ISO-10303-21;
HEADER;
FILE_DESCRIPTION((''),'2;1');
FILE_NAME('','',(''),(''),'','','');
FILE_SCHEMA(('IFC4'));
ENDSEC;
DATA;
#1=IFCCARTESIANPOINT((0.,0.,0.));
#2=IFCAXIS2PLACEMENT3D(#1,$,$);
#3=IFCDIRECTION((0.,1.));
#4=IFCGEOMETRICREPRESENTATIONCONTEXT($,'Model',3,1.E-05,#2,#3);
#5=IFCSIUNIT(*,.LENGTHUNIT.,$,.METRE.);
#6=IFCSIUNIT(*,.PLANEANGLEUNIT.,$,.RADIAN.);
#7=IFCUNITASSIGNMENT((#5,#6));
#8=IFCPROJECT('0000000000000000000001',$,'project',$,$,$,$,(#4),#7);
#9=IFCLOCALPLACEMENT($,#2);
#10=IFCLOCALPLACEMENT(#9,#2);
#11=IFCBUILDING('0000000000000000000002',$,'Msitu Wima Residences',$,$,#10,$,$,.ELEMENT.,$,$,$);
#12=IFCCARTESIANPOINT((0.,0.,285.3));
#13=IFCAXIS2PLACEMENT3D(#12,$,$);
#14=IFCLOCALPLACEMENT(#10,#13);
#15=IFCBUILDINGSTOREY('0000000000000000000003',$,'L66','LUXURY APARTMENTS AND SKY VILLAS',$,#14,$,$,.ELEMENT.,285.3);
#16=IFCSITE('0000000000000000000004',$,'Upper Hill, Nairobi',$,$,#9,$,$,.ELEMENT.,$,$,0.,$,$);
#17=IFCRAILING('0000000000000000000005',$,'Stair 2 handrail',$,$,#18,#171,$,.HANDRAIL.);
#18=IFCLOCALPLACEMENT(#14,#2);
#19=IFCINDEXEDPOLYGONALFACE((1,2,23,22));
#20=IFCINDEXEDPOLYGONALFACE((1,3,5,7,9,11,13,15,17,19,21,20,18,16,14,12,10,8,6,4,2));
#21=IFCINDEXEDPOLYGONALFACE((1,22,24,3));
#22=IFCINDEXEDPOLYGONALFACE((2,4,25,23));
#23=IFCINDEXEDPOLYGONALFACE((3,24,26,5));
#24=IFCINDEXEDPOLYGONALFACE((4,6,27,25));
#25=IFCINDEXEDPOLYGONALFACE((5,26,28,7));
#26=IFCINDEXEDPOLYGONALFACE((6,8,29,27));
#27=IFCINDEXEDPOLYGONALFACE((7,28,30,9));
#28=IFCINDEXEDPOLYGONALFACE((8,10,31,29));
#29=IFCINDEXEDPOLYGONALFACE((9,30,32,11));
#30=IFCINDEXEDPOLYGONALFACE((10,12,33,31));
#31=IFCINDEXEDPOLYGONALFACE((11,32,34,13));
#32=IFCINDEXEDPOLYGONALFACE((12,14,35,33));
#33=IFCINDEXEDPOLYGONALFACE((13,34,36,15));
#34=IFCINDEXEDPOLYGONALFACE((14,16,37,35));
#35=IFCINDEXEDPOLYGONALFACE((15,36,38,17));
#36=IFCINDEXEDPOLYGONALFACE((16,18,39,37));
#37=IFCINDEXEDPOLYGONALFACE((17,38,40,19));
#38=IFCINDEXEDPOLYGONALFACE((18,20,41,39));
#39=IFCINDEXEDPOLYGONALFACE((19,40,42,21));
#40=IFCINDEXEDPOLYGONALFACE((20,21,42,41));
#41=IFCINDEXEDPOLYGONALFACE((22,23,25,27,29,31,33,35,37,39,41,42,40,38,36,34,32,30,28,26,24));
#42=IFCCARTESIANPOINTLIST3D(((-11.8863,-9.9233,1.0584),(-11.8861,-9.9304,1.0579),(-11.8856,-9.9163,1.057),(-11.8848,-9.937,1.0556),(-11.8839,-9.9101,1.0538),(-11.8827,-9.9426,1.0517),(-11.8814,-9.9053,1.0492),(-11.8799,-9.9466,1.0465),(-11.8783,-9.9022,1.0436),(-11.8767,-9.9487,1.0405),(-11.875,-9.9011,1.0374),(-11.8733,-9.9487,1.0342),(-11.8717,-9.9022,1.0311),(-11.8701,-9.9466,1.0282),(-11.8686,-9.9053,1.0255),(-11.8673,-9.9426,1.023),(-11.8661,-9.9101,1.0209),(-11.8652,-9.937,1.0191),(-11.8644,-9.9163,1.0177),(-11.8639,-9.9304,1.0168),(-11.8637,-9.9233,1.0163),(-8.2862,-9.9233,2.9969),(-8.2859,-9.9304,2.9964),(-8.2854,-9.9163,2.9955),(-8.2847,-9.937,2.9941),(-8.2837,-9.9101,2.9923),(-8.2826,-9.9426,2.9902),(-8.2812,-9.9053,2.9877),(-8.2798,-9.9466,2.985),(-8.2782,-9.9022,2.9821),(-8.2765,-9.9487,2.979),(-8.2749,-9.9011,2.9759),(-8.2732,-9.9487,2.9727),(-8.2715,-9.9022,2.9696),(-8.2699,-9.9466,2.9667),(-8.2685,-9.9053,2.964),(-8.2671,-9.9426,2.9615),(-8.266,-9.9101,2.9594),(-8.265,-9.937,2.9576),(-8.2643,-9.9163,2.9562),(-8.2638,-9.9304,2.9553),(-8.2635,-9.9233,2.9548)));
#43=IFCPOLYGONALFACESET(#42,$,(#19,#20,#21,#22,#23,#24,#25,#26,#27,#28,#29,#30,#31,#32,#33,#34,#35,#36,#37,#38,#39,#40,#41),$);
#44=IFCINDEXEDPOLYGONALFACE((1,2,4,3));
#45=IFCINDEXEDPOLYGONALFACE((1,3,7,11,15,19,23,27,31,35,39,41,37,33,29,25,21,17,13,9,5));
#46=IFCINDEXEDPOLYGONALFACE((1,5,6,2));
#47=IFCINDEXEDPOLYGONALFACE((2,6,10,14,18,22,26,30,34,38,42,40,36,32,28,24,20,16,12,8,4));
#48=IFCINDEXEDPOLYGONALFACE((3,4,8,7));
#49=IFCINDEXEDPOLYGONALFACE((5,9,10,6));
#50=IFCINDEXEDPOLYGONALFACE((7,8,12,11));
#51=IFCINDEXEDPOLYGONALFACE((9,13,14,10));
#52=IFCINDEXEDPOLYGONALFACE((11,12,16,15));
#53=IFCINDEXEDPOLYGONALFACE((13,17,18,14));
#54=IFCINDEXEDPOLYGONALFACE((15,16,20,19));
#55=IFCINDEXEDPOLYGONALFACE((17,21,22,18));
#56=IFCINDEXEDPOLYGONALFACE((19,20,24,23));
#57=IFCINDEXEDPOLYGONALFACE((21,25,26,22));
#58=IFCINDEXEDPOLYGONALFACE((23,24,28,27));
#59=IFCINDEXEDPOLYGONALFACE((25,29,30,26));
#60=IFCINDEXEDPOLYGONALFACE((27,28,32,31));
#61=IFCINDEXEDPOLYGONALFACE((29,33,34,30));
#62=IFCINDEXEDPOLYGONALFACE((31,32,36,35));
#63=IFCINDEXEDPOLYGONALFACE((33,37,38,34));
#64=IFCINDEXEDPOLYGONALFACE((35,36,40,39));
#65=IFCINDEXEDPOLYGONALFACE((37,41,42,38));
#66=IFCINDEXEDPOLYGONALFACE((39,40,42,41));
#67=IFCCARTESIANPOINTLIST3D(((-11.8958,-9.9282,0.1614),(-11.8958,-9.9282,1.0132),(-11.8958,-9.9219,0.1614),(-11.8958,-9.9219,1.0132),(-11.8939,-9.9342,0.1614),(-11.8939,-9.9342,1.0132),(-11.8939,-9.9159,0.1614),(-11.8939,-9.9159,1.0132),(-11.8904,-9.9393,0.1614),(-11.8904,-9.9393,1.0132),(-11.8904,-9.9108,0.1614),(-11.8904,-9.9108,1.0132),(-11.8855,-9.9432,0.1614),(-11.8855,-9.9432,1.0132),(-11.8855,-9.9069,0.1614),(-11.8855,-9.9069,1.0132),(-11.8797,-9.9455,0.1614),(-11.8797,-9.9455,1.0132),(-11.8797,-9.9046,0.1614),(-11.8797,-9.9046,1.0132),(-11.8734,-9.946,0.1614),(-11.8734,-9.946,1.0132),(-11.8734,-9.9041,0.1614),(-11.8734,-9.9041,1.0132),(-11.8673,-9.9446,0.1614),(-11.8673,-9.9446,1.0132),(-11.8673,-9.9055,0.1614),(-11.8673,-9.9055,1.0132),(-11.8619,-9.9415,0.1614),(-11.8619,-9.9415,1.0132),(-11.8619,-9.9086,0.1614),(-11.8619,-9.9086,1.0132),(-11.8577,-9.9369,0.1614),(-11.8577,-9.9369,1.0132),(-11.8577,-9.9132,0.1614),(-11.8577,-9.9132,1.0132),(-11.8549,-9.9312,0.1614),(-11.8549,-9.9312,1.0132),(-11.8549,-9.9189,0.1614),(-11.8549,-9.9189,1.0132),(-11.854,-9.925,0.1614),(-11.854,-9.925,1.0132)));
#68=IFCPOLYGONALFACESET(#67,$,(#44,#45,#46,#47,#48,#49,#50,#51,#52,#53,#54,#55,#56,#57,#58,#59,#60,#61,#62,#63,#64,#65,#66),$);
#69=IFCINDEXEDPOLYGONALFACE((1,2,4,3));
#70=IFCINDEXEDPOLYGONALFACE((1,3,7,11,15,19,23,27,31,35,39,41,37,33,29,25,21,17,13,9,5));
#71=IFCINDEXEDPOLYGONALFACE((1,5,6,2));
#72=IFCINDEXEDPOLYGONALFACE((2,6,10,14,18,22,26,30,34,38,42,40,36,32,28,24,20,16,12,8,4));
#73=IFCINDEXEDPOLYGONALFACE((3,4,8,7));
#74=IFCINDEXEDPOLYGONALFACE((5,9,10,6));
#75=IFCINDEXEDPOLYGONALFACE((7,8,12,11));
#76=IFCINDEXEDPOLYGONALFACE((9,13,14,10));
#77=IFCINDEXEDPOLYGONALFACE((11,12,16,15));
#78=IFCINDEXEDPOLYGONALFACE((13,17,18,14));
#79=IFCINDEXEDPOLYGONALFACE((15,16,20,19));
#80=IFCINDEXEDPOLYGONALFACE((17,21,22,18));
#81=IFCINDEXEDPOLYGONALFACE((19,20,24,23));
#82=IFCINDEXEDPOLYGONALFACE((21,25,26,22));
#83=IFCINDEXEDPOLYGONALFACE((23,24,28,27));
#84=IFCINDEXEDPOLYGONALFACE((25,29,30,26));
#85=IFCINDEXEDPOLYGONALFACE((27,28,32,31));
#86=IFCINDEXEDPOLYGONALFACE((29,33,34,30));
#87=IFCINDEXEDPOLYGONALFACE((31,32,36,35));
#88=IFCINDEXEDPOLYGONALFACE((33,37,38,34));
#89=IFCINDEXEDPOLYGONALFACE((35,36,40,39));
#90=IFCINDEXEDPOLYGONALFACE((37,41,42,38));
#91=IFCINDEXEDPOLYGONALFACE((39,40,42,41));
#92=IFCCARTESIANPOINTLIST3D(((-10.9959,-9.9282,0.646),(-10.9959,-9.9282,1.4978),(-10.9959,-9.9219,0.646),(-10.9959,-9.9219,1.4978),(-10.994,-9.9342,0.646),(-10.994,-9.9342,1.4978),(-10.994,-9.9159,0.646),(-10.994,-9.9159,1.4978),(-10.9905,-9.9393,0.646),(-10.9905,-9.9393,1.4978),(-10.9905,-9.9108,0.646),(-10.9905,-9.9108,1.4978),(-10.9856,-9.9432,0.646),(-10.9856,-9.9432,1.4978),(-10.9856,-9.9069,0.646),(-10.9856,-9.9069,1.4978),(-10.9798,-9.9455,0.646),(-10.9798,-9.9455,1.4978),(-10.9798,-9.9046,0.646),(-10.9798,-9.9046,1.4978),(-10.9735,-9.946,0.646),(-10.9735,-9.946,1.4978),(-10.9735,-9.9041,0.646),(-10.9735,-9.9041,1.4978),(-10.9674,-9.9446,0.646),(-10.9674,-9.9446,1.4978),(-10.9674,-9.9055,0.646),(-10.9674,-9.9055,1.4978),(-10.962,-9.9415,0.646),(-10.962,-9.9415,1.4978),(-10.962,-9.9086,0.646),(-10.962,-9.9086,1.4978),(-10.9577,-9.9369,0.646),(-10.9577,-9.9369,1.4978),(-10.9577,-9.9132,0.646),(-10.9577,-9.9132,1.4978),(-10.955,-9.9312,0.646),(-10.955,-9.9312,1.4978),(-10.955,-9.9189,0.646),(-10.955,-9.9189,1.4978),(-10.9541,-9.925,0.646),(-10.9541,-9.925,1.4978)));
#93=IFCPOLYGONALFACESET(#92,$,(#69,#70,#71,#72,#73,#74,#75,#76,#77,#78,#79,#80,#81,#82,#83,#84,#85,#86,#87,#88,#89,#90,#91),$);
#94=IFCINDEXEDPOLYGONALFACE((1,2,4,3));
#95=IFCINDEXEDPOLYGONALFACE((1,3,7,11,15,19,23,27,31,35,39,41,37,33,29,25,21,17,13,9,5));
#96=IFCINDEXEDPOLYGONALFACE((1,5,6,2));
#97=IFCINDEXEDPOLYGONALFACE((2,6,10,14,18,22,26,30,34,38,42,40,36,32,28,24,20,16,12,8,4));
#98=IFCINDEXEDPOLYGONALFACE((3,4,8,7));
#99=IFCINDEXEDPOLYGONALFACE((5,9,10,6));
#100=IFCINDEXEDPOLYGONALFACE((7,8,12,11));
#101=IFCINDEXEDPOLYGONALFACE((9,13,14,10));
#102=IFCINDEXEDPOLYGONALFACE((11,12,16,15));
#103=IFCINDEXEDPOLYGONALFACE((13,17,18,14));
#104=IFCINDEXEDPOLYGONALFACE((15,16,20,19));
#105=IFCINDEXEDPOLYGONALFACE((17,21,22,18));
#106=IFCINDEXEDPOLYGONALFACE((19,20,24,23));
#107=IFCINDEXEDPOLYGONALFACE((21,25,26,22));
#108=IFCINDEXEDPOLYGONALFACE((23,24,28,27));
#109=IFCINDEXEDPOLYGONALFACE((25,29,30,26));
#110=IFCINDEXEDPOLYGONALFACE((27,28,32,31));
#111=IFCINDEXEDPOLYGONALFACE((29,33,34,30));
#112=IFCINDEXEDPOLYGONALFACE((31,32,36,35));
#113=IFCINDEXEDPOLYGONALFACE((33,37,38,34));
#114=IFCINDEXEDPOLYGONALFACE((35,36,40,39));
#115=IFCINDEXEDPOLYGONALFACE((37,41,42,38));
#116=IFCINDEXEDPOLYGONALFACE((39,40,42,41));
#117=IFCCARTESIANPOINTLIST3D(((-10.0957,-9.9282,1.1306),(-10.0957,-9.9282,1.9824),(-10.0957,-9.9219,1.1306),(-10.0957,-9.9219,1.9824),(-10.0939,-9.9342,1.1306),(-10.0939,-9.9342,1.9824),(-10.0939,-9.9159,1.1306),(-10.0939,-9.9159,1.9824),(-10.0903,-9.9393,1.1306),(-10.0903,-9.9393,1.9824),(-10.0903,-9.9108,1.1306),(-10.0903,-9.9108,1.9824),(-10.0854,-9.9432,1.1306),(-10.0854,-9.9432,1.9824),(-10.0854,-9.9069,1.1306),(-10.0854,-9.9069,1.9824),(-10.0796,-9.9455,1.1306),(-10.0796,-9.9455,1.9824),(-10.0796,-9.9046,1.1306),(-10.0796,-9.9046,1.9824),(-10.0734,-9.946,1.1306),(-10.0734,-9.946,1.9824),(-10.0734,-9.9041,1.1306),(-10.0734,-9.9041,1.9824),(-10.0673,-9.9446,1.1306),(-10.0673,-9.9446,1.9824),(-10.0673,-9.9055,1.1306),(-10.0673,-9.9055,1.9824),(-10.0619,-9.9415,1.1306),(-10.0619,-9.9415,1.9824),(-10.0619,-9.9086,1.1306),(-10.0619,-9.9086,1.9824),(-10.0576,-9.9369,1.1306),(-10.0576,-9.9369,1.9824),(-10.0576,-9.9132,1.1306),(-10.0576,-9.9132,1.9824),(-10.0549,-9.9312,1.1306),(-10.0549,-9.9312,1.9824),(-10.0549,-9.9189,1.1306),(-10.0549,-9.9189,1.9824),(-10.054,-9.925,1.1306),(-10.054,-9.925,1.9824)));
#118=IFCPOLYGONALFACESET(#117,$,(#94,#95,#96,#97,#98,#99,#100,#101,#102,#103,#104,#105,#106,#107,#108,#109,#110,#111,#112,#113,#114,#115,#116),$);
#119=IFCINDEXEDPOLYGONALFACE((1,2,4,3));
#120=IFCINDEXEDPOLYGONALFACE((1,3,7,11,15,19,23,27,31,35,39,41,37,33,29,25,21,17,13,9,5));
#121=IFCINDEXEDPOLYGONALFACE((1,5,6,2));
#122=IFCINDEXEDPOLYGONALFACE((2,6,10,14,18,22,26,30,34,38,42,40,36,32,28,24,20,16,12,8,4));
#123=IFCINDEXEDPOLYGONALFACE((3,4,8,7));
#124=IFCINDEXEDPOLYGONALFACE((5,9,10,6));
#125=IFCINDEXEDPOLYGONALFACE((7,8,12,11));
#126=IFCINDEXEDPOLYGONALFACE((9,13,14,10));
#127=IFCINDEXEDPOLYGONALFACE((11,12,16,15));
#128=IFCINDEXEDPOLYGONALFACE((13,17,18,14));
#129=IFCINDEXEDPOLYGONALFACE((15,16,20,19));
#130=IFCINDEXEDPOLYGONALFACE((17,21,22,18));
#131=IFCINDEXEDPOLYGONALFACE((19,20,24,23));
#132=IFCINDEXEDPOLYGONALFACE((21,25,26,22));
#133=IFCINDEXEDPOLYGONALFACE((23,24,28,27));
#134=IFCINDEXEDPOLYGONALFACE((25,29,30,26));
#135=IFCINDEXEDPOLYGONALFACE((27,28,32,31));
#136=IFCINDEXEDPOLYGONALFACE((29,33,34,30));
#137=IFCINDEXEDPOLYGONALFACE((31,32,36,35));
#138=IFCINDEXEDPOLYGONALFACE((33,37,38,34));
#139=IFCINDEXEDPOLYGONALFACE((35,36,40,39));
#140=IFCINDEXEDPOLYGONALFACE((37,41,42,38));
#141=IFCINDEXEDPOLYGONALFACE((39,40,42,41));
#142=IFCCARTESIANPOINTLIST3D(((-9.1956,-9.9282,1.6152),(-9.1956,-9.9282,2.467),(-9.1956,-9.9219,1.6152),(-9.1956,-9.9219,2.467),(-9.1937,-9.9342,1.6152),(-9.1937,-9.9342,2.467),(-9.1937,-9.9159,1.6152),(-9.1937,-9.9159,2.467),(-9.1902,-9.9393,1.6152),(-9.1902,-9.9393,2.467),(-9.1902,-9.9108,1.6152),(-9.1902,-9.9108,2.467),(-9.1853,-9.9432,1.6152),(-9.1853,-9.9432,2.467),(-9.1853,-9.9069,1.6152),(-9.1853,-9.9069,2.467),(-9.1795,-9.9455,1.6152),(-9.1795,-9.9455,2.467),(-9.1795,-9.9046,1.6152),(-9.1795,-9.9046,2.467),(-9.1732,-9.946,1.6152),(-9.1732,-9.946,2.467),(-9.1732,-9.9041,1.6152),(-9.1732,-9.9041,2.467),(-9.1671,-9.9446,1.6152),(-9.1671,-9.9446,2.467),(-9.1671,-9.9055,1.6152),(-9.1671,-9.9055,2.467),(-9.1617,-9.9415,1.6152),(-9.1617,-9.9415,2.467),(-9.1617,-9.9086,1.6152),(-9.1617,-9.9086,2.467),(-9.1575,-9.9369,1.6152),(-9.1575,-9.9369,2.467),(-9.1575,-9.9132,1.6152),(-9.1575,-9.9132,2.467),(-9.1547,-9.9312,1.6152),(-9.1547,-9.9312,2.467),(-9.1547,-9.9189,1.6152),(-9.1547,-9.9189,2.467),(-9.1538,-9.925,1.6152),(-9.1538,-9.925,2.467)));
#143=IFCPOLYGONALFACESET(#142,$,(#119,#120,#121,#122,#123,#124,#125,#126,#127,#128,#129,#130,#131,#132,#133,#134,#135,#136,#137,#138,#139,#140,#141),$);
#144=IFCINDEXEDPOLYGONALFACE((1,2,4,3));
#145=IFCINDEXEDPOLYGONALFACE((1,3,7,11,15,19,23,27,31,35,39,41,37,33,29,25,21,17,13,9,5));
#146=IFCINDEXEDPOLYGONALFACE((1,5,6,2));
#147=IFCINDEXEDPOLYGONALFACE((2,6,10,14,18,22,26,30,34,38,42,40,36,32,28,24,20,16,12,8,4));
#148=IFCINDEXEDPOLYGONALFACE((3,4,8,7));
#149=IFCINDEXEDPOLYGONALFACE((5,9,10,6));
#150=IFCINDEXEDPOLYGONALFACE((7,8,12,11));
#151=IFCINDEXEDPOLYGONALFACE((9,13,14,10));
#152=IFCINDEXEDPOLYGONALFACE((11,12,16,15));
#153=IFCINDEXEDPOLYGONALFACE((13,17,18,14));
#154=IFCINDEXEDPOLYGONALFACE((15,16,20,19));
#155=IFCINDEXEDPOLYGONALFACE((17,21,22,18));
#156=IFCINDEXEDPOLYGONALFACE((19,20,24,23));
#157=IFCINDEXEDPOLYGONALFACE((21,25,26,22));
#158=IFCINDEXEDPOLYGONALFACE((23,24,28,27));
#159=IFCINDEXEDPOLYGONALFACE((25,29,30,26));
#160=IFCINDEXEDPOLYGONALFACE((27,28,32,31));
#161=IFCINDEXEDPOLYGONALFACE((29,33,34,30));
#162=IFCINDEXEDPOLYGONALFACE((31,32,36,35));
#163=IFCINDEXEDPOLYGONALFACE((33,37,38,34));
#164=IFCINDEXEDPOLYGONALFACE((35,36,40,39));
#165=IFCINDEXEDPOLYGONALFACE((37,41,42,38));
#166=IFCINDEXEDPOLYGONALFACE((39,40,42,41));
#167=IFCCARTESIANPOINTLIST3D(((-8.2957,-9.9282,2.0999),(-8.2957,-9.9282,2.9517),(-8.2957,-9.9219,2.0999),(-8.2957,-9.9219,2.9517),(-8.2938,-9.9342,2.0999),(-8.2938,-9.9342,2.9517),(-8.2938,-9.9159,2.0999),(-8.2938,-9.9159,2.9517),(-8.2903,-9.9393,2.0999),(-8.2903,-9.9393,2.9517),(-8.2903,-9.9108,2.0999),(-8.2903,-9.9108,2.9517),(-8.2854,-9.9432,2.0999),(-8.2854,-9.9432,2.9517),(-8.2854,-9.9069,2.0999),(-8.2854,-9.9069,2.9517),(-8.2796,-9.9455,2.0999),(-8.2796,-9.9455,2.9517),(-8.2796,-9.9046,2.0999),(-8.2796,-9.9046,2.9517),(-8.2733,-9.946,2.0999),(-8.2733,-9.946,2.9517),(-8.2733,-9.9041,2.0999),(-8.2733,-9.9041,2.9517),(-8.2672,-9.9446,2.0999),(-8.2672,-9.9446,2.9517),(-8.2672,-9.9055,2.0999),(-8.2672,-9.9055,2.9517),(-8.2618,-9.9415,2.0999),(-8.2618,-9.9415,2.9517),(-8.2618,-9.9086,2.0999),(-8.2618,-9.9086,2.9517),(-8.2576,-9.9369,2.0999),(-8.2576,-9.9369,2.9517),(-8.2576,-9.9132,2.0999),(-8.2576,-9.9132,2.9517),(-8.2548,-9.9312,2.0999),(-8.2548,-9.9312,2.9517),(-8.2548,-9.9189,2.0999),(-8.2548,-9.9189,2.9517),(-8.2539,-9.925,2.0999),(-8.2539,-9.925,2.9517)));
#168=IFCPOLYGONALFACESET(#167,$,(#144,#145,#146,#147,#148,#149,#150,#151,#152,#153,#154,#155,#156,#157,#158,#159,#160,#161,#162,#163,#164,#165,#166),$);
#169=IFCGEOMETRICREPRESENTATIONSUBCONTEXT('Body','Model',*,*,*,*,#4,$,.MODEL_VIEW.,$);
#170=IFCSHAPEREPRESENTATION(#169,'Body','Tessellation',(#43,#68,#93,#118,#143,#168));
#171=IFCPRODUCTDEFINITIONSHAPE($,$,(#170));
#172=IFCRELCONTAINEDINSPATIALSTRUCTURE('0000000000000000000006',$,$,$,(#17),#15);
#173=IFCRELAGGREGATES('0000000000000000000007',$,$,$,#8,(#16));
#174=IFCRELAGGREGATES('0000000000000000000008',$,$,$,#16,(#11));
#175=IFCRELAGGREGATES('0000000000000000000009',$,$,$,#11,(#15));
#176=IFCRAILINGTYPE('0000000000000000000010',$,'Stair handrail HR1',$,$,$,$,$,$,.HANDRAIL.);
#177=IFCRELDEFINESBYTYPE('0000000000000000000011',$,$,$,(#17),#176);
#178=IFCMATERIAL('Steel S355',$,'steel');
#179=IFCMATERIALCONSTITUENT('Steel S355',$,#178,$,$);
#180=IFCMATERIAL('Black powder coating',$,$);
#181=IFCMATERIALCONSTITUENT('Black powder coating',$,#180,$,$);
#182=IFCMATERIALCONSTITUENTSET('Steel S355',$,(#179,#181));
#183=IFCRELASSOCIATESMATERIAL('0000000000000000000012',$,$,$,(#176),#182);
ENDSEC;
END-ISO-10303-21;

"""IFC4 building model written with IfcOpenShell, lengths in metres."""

from ifc_helpers import new_model, si_unit, direction, frame, origin, origin_2d, place, context, subcontext, project, spatial, circle, extrude, material, constituent, constituent_set, type_object, element, save


model = new_model("IFC4")

# Units and contexts
model_context = context("Model", 3, precision=1e-05, world=origin(), true_north=direction((0.0, 1.0)))
body_context = subcontext(model_context, "Body", "Model", "MODEL_VIEW")
ifc_project = project(units=[si_unit("LENGTHUNIT", "METRE"), si_unit("PLANEANGLEUNIT", "RADIAN")], contexts=[model_context])

# Site, building, storey
site_placement = place(None, origin())
site = spatial("IfcSite", under=ifc_project, at=site_placement, Name="Upper Hill, Nairobi", CompositionType="ELEMENT", RefElevation=0.0)
building_placement = place(site_placement, origin())
building = spatial("IfcBuilding", under=site, at=building_placement, Name="Msitu Wima Residences", CompositionType="ELEMENT")
storey_placement = place(building_placement, frame((0.0, 0.0, 285.3)))
storey = spatial("IfcBuildingStorey", under=building, at=storey_placement, Name="L66", Description="LUXURY APARTMENTS AND SKY VILLAS", CompositionType="ELEMENT", Elevation=285.3)

# Railing
ifc_material_1 = material(Name="Steel S355", Category="steel")
ifc_constituent_1 = constituent(ifc_material_1, Name="Steel S355")
ifc_material_2 = material(Name="Black powder coating")
ifc_constituent_2 = constituent(ifc_material_2, Name="Black powder coating")
ifc_constituent_set = constituent_set(constituents=[ifc_constituent_1, ifc_constituent_2], Name="Steel S355")
railing_type = type_object("IfcRailingType", Name="Stair handrail HR1", PredefinedType="HANDRAIL", material=ifc_constituent_set)
for number, where, name in (
    (1, (-11.875, -9.925, 0.1614), "Stair 2 handrail"),
):
    element("IfcRailing", number, at=place(storey_placement, frame(where)), inside=storey, type_object=railing_type, Name=name, PredefinedType="HANDRAIL", context=body_context, shape_type="SweptSolid", body=[
        extrude(circle(Radius=0.0239, at=origin_2d()), frame((0.0, 0.0, 0.876), z_axis=(0.880475, 0.0, 0.474093), x_axis=(0.0, 1.0, 0.0)), (0.0, 0.0, 1.0), 4.0889),
        extrude(circle(Radius=0.021, at=origin_2d()), origin(), (0.0, 0.0, 1.0), 0.8518),
        extrude(circle(Radius=0.021, at=origin_2d()), frame((0.8999, 0.0, 0.4846)), (0.0, 0.0, 1.0), 0.8518),
        extrude(circle(Radius=0.021, at=origin_2d()), frame((1.8, 0.0, 0.9692)), (0.0, 0.0, 1.0), 0.8518),
        extrude(circle(Radius=0.021, at=origin_2d()), frame((2.7002, 0.0, 1.4539)), (0.0, 0.0, 1.0), 0.8518),
        extrude(circle(Radius=0.021, at=origin_2d()), frame((3.6001, 0.0, 1.9385)), (0.0, 0.0, 1.0), 0.8518),
    ])

save(model, "model.ifc")
